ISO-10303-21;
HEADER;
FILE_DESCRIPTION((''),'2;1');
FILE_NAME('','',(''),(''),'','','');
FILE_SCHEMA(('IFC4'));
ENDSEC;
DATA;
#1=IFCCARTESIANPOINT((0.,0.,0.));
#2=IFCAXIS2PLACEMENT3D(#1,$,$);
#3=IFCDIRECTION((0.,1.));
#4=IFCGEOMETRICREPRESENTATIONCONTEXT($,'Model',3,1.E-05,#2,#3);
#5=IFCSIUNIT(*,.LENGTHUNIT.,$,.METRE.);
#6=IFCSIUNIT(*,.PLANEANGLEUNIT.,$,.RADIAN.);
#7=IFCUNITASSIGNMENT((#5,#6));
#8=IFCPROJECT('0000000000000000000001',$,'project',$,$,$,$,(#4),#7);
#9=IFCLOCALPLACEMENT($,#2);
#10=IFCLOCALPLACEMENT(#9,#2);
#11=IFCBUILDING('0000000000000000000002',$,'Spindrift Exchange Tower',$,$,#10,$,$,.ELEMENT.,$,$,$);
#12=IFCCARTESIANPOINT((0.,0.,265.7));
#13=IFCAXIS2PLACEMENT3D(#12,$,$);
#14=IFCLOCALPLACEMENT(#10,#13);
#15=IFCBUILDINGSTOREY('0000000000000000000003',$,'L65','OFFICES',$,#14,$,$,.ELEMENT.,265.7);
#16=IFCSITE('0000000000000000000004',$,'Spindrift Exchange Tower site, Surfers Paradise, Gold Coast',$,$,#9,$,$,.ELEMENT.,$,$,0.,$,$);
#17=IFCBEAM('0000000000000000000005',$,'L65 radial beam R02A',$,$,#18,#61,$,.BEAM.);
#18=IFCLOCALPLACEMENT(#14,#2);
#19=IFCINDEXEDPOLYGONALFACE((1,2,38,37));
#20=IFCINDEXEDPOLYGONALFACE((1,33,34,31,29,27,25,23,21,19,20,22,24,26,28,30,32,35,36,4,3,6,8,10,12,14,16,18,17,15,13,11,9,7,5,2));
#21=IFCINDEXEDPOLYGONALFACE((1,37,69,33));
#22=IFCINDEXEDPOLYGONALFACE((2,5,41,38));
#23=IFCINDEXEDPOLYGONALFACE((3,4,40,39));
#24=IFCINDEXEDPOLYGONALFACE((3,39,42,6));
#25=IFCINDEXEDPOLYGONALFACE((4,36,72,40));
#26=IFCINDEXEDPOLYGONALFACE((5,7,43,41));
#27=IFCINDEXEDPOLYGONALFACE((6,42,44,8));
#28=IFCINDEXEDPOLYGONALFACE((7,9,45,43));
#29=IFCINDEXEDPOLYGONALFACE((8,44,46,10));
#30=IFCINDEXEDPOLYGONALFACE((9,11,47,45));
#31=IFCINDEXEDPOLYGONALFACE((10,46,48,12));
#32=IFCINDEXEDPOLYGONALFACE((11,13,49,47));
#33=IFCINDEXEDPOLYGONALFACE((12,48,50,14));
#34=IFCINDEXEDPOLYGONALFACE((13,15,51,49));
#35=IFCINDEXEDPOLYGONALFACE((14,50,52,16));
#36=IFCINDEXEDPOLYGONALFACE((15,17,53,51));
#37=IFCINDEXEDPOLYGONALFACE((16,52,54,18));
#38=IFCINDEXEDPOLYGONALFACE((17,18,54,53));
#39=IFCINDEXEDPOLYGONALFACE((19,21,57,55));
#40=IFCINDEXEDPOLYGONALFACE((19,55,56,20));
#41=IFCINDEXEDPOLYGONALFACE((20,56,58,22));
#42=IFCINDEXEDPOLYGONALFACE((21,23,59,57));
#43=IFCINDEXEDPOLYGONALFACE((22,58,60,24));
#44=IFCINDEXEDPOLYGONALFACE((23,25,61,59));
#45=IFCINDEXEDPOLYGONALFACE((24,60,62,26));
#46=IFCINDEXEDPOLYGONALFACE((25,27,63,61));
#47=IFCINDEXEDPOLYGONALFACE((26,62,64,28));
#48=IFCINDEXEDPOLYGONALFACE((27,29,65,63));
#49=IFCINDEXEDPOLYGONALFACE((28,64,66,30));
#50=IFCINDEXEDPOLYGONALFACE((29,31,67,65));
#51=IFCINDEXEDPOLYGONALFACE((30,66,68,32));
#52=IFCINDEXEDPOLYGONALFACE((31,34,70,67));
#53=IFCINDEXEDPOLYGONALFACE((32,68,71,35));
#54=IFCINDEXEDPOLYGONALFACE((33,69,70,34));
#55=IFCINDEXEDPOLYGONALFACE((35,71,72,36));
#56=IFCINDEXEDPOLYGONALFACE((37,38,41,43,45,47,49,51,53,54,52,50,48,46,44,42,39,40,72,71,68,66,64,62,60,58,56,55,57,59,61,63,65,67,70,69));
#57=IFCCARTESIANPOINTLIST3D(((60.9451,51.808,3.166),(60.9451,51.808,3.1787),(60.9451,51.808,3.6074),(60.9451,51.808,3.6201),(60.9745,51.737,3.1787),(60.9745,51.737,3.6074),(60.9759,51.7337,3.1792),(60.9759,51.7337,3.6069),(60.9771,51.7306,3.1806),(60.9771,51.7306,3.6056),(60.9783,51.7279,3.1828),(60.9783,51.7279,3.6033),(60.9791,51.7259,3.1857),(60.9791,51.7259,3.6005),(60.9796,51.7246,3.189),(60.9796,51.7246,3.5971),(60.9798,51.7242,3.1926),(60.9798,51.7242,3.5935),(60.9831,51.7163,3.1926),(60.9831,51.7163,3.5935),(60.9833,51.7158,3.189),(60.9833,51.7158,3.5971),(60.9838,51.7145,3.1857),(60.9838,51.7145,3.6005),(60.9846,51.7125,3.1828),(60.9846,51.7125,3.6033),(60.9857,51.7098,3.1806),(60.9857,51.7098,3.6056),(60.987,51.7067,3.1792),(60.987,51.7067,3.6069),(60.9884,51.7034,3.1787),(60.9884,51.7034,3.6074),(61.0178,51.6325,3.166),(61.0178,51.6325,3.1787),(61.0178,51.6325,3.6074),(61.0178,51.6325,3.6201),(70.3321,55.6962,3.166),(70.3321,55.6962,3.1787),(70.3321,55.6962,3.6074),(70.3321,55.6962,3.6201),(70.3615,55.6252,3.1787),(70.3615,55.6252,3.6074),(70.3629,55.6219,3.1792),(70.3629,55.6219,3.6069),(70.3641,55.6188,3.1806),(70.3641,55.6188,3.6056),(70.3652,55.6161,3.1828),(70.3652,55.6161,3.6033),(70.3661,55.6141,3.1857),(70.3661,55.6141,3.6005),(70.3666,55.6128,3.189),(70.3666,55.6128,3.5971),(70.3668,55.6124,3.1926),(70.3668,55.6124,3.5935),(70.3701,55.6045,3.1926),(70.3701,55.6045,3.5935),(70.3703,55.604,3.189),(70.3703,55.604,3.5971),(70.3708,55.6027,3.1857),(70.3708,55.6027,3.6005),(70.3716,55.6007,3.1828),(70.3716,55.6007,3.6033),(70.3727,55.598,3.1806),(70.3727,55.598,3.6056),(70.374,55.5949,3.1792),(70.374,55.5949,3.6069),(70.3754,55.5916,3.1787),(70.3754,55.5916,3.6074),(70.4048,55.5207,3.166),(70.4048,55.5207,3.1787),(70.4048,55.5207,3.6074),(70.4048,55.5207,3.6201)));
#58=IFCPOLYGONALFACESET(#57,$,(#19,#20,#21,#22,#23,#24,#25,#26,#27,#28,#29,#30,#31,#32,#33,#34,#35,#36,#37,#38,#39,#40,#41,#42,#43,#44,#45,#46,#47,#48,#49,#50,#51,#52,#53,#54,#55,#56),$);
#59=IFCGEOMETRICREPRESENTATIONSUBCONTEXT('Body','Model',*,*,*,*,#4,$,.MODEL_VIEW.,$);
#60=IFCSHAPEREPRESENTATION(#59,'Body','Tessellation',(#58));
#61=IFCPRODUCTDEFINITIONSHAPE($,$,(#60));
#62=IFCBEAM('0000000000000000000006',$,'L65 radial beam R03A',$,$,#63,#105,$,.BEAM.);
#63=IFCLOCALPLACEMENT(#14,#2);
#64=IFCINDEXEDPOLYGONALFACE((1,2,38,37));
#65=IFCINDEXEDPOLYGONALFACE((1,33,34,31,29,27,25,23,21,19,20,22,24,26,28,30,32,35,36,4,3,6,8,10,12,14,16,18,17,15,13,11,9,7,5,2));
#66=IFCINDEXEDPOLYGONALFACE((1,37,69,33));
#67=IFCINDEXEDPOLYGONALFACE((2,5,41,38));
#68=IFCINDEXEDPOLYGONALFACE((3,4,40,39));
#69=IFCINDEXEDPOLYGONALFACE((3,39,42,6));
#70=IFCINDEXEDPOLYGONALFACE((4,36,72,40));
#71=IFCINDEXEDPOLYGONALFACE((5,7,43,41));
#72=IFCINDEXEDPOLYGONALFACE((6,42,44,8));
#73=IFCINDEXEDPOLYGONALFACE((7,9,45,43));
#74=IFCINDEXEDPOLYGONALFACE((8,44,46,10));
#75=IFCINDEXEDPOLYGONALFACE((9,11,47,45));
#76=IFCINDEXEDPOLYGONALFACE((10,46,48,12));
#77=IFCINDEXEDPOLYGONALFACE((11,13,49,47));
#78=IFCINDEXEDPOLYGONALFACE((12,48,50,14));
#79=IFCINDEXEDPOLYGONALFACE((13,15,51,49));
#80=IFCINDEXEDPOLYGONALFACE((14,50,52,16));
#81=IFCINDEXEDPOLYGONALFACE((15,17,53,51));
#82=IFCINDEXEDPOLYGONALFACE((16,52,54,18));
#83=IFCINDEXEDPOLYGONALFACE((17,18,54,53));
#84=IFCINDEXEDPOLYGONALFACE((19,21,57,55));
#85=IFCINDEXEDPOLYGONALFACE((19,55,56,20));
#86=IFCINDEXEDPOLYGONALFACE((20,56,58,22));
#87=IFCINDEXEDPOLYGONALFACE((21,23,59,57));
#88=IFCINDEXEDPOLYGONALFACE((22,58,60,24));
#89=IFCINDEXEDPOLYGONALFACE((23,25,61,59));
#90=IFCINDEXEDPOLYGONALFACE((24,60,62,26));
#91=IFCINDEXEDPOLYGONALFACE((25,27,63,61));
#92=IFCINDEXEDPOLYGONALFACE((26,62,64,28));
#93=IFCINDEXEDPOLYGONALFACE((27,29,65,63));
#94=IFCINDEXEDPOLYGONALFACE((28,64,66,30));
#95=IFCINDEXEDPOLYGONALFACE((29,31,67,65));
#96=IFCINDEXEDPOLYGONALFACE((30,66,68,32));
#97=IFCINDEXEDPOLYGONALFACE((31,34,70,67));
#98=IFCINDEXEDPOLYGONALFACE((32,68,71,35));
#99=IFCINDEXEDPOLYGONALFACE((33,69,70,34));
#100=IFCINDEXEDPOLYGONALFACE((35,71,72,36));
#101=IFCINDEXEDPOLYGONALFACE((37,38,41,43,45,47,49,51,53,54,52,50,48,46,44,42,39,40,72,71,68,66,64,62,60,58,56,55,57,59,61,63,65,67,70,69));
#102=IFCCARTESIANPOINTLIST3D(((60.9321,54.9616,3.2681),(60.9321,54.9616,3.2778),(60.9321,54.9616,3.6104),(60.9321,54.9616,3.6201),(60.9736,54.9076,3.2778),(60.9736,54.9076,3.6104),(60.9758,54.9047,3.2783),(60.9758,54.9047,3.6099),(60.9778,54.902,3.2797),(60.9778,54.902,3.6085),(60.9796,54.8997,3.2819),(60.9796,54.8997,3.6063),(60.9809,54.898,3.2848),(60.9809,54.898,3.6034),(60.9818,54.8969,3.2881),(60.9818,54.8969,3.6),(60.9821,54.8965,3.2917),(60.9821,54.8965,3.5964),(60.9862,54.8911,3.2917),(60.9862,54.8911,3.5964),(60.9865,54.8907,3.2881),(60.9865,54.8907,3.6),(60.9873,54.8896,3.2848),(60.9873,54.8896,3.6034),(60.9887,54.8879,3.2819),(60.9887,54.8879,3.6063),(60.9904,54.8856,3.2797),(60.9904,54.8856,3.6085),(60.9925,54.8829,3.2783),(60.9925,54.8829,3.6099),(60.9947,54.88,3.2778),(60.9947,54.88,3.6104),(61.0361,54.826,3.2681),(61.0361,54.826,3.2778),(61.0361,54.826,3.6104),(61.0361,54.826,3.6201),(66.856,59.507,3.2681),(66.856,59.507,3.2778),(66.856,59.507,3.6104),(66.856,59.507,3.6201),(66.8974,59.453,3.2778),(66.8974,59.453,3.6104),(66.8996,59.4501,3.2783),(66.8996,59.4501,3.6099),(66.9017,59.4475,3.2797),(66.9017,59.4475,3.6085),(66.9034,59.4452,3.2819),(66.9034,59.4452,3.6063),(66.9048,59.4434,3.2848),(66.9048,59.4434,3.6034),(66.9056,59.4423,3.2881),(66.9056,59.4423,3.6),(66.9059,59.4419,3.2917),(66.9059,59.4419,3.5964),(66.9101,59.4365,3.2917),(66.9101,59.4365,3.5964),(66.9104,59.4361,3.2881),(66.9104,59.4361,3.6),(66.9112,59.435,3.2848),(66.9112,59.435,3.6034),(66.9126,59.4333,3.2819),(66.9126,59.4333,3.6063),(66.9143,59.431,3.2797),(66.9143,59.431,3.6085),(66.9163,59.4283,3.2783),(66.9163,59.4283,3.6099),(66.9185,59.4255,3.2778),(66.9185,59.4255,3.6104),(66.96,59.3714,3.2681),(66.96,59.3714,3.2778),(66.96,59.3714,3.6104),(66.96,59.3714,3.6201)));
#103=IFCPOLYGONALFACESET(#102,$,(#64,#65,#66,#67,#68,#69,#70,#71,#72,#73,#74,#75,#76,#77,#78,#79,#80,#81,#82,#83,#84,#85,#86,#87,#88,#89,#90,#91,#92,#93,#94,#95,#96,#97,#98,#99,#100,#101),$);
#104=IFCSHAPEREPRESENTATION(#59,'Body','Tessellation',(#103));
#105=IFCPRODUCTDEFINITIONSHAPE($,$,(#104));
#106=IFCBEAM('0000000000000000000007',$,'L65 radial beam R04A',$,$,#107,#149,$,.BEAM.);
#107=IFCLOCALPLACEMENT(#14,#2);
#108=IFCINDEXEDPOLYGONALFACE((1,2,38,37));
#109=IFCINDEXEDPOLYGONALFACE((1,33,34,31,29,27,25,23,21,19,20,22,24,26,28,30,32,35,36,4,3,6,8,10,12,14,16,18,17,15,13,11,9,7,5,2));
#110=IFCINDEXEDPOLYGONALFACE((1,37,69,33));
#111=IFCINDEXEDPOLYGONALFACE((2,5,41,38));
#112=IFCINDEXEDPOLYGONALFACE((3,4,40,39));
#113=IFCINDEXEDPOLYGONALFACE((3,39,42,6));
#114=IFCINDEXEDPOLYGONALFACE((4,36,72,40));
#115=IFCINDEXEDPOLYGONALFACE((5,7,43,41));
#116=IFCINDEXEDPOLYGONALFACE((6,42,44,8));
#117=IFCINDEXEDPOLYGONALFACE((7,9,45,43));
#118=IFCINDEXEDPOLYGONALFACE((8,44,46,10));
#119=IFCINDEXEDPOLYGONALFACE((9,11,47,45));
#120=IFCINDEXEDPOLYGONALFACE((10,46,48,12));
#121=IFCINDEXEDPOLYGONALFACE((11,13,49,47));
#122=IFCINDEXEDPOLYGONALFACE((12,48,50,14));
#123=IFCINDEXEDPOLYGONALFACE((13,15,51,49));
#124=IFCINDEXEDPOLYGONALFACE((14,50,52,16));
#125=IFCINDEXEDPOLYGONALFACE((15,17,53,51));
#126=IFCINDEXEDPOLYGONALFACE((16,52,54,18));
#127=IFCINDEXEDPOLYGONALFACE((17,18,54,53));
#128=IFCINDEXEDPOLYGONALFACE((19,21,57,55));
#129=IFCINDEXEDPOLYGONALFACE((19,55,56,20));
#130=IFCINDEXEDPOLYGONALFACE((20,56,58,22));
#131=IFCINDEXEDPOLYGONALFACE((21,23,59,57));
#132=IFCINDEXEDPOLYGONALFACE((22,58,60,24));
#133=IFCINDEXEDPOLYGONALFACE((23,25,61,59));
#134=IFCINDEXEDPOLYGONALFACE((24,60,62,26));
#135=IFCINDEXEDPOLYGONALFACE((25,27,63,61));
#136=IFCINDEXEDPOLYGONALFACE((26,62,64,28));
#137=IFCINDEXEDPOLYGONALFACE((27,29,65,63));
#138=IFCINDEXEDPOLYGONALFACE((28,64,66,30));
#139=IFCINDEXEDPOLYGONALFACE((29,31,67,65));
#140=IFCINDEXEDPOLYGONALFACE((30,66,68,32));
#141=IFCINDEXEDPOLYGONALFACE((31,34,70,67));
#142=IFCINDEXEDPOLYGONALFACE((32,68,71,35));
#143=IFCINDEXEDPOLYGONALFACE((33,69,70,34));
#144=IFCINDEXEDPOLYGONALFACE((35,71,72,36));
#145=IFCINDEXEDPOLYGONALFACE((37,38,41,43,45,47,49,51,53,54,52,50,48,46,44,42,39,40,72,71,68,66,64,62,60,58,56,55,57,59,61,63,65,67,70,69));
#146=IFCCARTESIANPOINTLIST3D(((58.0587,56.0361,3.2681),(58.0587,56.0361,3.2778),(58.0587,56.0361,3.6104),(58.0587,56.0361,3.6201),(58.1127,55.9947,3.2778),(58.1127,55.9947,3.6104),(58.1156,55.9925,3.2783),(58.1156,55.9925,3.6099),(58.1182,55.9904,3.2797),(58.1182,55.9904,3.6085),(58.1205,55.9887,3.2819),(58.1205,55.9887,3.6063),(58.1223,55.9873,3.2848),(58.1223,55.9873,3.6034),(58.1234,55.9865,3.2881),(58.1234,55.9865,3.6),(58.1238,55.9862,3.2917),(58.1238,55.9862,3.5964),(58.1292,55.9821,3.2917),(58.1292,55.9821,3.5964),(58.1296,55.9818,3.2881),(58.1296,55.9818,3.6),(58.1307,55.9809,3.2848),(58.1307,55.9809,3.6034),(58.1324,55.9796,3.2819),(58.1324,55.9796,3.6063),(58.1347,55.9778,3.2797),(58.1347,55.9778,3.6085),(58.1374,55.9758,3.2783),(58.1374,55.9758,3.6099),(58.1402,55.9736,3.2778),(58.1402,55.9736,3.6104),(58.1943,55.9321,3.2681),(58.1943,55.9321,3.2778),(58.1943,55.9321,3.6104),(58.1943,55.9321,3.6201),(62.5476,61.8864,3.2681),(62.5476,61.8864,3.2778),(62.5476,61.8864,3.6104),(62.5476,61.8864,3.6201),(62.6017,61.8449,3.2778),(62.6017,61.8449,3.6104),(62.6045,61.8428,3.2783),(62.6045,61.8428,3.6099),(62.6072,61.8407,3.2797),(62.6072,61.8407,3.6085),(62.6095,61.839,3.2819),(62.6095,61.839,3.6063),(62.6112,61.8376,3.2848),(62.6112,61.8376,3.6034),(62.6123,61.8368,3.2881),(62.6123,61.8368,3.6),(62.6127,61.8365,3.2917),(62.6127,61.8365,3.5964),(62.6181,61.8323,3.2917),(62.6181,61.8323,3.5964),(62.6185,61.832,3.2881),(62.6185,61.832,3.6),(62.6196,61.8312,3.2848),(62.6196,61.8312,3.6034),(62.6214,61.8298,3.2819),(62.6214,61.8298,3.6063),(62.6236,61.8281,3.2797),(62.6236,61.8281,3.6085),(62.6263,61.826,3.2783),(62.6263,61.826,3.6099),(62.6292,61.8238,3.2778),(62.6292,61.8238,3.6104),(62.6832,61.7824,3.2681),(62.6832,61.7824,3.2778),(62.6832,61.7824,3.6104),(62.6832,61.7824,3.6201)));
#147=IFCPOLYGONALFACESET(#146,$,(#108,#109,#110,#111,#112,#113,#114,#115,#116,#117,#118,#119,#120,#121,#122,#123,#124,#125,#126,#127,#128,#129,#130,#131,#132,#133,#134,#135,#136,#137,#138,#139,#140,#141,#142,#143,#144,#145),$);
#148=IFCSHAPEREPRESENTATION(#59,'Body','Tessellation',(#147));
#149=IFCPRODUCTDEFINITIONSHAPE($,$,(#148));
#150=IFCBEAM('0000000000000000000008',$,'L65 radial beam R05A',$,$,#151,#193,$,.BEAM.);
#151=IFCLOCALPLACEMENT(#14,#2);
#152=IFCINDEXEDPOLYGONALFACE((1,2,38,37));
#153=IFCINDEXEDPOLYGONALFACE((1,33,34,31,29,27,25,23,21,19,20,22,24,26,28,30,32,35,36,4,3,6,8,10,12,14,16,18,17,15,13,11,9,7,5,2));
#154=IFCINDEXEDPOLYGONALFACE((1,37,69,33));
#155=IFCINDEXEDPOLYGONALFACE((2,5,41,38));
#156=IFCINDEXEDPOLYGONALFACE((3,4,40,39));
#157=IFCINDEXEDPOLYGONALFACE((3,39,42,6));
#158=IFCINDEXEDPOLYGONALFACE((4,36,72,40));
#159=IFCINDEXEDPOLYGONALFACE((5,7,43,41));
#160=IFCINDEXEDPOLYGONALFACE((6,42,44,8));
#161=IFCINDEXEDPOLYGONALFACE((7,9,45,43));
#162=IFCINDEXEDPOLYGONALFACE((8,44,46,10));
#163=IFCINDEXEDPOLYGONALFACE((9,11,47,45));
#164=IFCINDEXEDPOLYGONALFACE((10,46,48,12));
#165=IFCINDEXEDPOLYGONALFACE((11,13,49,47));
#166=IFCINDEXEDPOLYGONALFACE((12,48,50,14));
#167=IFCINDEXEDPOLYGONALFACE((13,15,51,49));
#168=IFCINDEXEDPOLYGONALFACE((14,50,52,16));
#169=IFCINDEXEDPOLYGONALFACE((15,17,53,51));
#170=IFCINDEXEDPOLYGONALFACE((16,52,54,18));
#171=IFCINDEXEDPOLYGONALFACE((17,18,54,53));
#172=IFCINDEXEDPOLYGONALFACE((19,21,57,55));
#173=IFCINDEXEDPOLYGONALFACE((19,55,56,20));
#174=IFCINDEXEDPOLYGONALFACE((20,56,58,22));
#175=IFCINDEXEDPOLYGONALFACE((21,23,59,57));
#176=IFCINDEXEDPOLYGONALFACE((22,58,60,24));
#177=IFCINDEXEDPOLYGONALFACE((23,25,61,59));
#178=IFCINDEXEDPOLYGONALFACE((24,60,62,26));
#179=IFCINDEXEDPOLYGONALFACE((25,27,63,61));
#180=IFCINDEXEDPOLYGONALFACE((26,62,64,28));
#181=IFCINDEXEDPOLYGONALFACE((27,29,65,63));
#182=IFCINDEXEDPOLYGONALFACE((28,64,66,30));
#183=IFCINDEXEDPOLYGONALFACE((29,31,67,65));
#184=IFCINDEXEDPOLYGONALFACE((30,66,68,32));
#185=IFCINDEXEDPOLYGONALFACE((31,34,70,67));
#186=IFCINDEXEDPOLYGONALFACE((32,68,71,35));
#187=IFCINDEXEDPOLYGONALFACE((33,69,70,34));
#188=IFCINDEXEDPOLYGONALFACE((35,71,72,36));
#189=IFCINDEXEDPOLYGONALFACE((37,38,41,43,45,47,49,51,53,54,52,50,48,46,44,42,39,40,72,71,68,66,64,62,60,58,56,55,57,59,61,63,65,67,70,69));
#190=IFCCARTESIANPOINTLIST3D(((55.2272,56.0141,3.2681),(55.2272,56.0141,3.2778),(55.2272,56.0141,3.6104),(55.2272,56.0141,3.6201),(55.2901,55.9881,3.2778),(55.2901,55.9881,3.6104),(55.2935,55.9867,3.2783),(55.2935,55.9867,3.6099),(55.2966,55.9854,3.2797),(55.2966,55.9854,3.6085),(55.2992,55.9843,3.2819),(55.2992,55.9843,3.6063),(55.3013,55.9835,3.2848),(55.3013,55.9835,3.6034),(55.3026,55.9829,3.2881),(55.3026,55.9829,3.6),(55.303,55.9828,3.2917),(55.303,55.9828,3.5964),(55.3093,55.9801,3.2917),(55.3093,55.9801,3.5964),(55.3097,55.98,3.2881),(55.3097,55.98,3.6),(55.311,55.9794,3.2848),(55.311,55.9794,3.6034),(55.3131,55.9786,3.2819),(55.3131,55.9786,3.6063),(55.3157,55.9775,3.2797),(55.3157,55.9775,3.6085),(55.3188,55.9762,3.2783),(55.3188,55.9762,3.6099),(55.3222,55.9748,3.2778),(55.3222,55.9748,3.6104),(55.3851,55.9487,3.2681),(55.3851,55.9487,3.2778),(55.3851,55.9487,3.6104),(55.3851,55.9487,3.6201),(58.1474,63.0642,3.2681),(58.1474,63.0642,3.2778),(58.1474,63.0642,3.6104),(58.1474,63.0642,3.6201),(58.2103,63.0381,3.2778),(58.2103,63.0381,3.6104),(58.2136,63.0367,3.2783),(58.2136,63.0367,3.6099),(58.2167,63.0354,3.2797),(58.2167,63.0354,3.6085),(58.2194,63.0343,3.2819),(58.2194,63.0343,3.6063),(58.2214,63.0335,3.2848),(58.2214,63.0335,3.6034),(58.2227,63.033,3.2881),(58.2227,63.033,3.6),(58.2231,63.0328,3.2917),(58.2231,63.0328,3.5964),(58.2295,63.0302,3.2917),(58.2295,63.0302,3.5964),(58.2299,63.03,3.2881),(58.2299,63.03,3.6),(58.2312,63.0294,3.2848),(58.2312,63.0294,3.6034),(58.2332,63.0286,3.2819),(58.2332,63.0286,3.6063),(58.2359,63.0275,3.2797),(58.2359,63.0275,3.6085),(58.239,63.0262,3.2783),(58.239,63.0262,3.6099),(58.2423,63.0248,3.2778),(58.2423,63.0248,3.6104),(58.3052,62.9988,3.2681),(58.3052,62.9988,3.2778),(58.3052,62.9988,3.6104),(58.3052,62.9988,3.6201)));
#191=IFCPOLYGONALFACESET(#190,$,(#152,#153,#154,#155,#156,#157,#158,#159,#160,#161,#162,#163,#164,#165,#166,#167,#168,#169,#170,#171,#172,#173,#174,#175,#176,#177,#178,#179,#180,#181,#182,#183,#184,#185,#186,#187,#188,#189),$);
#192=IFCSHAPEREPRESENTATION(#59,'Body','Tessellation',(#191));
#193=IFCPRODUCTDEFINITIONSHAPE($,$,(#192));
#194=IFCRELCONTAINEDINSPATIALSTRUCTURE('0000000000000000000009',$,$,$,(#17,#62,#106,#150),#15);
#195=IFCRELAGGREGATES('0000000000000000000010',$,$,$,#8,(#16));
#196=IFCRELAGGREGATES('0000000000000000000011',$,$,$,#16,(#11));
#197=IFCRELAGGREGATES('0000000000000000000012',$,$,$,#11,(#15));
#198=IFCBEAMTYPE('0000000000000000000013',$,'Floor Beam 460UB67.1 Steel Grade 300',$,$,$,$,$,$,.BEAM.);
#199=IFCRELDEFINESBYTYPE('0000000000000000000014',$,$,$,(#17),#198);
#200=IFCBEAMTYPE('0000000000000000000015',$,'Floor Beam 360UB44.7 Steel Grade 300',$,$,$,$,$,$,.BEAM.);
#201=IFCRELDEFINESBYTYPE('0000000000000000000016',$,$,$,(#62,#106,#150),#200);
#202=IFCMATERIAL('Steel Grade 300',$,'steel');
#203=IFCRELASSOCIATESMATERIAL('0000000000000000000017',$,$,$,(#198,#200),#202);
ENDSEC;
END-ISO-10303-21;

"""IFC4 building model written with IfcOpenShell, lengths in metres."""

from ifc_helpers import new_model, si_unit, direction, frame, origin, origin_2d, place, context, subcontext, project, spatial, i_section, extrude, source, transform, mapped, material, material_profile, profile_set, type_object, element, save


model = new_model("IFC4")

# Units and contexts
model_context = context("Model", 3, precision=1e-05, world=origin(), true_north=direction((0.0, 1.0)))
body_context = subcontext(model_context, "Body", "Model", "MODEL_VIEW")
ifc_project = project(units=[si_unit("LENGTHUNIT", "METRE"), si_unit("PLANEANGLEUNIT", "RADIAN")], contexts=[model_context])

# Site, building, storey
site_placement = place(None, origin())
site = spatial("IfcSite", under=ifc_project, at=site_placement, Name="Spindrift Exchange Tower site, Surfers Paradise, Gold Coast", CompositionType="ELEMENT", RefElevation=0.0)
building_placement = place(site_placement, origin())
building = spatial("IfcBuilding", under=site, at=building_placement, Name="Spindrift Exchange Tower", CompositionType="ELEMENT")
storey_placement = place(building_placement, frame((0.0, 0.0, 265.7)))
storey = spatial("IfcBuildingStorey", under=building, at=storey_placement, Name="L65", Description="OFFICES", CompositionType="ELEMENT", Elevation=265.7)

# Beams
ifc_material_1 = material(Name="Steel Grade 300", Category="steel")
ifc_material_profile_1 = material_profile(ifc_material_1, i_section(OverallWidth=0.1899, OverallDepth=0.4541, WebThickness=0.0085, FlangeThickness=0.0127, FilletRadius=0.0139, at=origin_2d()), Name="460UB67.1")
ifc_profile_set_1 = profile_set([ifc_material_profile_1], Name="Steel Grade 300")
beam_type_1 = type_object("IfcBeamType", Name="Floor Beam 460UB67.1 Steel Grade 300", PredefinedType="BEAM", material=ifc_profile_set_1)
shared_shape_1 = source(origin(), body_context, "Body", "SweptSolid", [
    extrude(i_section(OverallWidth=0.1899, OverallDepth=0.4541, WebThickness=0.0085, FlangeThickness=0.0127, FilletRadius=0.0139, at=origin_2d()), origin(), (0.0, 0.0, 1.0), 10.1604),
])
beam_1_placement = place(storey_placement, frame((60.9814, 51.7202, 3.3931), z_axis=(0.92388, 0.382681, 0.0), x_axis=(-0.382681, 0.92388, 0.0)))
element("IfcBeam", 1, at=beam_1_placement, inside=storey, type_object=beam_type_1, Name="L65 radial beam R02A", PredefinedType="BEAM", context=body_context, shape_type="MappedRepresentation", body=[
    mapped(shared_shape_1, transform((0.0, 0.0, 0.0), scale=1.0)),
])
ifc_material_profile_2 = material_profile(ifc_material_1, i_section(OverallWidth=0.1709, OverallDepth=0.3521, WebThickness=0.0068, FlangeThickness=0.0098, FilletRadius=0.0139, at=origin_2d()), Name="360UB44.7")
ifc_profile_set_2 = profile_set([ifc_material_profile_2], Name="Steel Grade 300")
beam_type_2 = type_object("IfcBeamType", Name="Floor Beam 360UB44.7 Steel Grade 300", PredefinedType="BEAM", material=ifc_profile_set_2)
shared_shape_2 = source(origin(), body_context, "Body", "SweptSolid", [
    extrude(i_section(OverallWidth=0.1709, OverallDepth=0.3521, WebThickness=0.0068, FlangeThickness=0.0098, FilletRadius=0.0139, at=origin_2d()), origin(), (0.0, 0.0, 1.0), 7.4668),
])
beam_2_placement = place(storey_placement, frame((60.9841, 54.8938, 3.4441), z_axis=(0.79336, 0.608753, 0.0), x_axis=(-0.608753, 0.79336, 0.0)))
element("IfcBeam", 2, at=beam_2_placement, inside=storey, type_object=beam_type_2, Name="L65 radial beam R03A", PredefinedType="BEAM", context=body_context, shape_type="MappedRepresentation", body=[
    mapped(shared_shape_2, transform((0.0, 0.0, 0.0), scale=1.0)),
])
shared_shape_3 = source(origin(), body_context, "Body", "SweptSolid", [
    extrude(i_section(OverallWidth=0.1709, OverallDepth=0.3521, WebThickness=0.0068, FlangeThickness=0.0098, FilletRadius=0.0139, at=origin_2d()), origin(), (0.0, 0.0, 1.0), 7.374),
])
beam_3_placement = place(storey_placement, frame((58.1265, 55.9841, 3.4441), z_axis=(0.608752, 0.793361, 0.0), x_axis=(-0.793361, 0.608752, 0.0)))
element("IfcBeam", 3, at=beam_3_placement, inside=storey, type_object=beam_type_2, Name="L65 radial beam R04A", PredefinedType="BEAM", context=body_context, shape_type="MappedRepresentation", body=[
    mapped(shared_shape_3, transform((0.0, 0.0, 0.0), scale=1.0)),
])
shared_shape_4 = source(origin(), body_context, "Body", "SweptSolid", [
    extrude(i_section(OverallWidth=0.1709, OverallDepth=0.3521, WebThickness=0.0068, FlangeThickness=0.0098, FilletRadius=0.0139, at=origin_2d()), origin(), (0.0, 0.0, 1.0), 7.6309),
])
beam_4_placement = place(storey_placement, frame((55.3062, 55.9814, 3.4441), z_axis=(0.382677, 0.923882, 0.0), x_axis=(-0.923882, 0.382677, 0.0)))
element("IfcBeam", 4, at=beam_4_placement, inside=storey, type_object=beam_type_2, Name="L65 radial beam R05A", PredefinedType="BEAM", context=body_context, shape_type="MappedRepresentation", body=[
    mapped(shared_shape_4, transform((0.0, 0.0, 0.0), scale=1.0)),
])

save(model, "model.ifc")
